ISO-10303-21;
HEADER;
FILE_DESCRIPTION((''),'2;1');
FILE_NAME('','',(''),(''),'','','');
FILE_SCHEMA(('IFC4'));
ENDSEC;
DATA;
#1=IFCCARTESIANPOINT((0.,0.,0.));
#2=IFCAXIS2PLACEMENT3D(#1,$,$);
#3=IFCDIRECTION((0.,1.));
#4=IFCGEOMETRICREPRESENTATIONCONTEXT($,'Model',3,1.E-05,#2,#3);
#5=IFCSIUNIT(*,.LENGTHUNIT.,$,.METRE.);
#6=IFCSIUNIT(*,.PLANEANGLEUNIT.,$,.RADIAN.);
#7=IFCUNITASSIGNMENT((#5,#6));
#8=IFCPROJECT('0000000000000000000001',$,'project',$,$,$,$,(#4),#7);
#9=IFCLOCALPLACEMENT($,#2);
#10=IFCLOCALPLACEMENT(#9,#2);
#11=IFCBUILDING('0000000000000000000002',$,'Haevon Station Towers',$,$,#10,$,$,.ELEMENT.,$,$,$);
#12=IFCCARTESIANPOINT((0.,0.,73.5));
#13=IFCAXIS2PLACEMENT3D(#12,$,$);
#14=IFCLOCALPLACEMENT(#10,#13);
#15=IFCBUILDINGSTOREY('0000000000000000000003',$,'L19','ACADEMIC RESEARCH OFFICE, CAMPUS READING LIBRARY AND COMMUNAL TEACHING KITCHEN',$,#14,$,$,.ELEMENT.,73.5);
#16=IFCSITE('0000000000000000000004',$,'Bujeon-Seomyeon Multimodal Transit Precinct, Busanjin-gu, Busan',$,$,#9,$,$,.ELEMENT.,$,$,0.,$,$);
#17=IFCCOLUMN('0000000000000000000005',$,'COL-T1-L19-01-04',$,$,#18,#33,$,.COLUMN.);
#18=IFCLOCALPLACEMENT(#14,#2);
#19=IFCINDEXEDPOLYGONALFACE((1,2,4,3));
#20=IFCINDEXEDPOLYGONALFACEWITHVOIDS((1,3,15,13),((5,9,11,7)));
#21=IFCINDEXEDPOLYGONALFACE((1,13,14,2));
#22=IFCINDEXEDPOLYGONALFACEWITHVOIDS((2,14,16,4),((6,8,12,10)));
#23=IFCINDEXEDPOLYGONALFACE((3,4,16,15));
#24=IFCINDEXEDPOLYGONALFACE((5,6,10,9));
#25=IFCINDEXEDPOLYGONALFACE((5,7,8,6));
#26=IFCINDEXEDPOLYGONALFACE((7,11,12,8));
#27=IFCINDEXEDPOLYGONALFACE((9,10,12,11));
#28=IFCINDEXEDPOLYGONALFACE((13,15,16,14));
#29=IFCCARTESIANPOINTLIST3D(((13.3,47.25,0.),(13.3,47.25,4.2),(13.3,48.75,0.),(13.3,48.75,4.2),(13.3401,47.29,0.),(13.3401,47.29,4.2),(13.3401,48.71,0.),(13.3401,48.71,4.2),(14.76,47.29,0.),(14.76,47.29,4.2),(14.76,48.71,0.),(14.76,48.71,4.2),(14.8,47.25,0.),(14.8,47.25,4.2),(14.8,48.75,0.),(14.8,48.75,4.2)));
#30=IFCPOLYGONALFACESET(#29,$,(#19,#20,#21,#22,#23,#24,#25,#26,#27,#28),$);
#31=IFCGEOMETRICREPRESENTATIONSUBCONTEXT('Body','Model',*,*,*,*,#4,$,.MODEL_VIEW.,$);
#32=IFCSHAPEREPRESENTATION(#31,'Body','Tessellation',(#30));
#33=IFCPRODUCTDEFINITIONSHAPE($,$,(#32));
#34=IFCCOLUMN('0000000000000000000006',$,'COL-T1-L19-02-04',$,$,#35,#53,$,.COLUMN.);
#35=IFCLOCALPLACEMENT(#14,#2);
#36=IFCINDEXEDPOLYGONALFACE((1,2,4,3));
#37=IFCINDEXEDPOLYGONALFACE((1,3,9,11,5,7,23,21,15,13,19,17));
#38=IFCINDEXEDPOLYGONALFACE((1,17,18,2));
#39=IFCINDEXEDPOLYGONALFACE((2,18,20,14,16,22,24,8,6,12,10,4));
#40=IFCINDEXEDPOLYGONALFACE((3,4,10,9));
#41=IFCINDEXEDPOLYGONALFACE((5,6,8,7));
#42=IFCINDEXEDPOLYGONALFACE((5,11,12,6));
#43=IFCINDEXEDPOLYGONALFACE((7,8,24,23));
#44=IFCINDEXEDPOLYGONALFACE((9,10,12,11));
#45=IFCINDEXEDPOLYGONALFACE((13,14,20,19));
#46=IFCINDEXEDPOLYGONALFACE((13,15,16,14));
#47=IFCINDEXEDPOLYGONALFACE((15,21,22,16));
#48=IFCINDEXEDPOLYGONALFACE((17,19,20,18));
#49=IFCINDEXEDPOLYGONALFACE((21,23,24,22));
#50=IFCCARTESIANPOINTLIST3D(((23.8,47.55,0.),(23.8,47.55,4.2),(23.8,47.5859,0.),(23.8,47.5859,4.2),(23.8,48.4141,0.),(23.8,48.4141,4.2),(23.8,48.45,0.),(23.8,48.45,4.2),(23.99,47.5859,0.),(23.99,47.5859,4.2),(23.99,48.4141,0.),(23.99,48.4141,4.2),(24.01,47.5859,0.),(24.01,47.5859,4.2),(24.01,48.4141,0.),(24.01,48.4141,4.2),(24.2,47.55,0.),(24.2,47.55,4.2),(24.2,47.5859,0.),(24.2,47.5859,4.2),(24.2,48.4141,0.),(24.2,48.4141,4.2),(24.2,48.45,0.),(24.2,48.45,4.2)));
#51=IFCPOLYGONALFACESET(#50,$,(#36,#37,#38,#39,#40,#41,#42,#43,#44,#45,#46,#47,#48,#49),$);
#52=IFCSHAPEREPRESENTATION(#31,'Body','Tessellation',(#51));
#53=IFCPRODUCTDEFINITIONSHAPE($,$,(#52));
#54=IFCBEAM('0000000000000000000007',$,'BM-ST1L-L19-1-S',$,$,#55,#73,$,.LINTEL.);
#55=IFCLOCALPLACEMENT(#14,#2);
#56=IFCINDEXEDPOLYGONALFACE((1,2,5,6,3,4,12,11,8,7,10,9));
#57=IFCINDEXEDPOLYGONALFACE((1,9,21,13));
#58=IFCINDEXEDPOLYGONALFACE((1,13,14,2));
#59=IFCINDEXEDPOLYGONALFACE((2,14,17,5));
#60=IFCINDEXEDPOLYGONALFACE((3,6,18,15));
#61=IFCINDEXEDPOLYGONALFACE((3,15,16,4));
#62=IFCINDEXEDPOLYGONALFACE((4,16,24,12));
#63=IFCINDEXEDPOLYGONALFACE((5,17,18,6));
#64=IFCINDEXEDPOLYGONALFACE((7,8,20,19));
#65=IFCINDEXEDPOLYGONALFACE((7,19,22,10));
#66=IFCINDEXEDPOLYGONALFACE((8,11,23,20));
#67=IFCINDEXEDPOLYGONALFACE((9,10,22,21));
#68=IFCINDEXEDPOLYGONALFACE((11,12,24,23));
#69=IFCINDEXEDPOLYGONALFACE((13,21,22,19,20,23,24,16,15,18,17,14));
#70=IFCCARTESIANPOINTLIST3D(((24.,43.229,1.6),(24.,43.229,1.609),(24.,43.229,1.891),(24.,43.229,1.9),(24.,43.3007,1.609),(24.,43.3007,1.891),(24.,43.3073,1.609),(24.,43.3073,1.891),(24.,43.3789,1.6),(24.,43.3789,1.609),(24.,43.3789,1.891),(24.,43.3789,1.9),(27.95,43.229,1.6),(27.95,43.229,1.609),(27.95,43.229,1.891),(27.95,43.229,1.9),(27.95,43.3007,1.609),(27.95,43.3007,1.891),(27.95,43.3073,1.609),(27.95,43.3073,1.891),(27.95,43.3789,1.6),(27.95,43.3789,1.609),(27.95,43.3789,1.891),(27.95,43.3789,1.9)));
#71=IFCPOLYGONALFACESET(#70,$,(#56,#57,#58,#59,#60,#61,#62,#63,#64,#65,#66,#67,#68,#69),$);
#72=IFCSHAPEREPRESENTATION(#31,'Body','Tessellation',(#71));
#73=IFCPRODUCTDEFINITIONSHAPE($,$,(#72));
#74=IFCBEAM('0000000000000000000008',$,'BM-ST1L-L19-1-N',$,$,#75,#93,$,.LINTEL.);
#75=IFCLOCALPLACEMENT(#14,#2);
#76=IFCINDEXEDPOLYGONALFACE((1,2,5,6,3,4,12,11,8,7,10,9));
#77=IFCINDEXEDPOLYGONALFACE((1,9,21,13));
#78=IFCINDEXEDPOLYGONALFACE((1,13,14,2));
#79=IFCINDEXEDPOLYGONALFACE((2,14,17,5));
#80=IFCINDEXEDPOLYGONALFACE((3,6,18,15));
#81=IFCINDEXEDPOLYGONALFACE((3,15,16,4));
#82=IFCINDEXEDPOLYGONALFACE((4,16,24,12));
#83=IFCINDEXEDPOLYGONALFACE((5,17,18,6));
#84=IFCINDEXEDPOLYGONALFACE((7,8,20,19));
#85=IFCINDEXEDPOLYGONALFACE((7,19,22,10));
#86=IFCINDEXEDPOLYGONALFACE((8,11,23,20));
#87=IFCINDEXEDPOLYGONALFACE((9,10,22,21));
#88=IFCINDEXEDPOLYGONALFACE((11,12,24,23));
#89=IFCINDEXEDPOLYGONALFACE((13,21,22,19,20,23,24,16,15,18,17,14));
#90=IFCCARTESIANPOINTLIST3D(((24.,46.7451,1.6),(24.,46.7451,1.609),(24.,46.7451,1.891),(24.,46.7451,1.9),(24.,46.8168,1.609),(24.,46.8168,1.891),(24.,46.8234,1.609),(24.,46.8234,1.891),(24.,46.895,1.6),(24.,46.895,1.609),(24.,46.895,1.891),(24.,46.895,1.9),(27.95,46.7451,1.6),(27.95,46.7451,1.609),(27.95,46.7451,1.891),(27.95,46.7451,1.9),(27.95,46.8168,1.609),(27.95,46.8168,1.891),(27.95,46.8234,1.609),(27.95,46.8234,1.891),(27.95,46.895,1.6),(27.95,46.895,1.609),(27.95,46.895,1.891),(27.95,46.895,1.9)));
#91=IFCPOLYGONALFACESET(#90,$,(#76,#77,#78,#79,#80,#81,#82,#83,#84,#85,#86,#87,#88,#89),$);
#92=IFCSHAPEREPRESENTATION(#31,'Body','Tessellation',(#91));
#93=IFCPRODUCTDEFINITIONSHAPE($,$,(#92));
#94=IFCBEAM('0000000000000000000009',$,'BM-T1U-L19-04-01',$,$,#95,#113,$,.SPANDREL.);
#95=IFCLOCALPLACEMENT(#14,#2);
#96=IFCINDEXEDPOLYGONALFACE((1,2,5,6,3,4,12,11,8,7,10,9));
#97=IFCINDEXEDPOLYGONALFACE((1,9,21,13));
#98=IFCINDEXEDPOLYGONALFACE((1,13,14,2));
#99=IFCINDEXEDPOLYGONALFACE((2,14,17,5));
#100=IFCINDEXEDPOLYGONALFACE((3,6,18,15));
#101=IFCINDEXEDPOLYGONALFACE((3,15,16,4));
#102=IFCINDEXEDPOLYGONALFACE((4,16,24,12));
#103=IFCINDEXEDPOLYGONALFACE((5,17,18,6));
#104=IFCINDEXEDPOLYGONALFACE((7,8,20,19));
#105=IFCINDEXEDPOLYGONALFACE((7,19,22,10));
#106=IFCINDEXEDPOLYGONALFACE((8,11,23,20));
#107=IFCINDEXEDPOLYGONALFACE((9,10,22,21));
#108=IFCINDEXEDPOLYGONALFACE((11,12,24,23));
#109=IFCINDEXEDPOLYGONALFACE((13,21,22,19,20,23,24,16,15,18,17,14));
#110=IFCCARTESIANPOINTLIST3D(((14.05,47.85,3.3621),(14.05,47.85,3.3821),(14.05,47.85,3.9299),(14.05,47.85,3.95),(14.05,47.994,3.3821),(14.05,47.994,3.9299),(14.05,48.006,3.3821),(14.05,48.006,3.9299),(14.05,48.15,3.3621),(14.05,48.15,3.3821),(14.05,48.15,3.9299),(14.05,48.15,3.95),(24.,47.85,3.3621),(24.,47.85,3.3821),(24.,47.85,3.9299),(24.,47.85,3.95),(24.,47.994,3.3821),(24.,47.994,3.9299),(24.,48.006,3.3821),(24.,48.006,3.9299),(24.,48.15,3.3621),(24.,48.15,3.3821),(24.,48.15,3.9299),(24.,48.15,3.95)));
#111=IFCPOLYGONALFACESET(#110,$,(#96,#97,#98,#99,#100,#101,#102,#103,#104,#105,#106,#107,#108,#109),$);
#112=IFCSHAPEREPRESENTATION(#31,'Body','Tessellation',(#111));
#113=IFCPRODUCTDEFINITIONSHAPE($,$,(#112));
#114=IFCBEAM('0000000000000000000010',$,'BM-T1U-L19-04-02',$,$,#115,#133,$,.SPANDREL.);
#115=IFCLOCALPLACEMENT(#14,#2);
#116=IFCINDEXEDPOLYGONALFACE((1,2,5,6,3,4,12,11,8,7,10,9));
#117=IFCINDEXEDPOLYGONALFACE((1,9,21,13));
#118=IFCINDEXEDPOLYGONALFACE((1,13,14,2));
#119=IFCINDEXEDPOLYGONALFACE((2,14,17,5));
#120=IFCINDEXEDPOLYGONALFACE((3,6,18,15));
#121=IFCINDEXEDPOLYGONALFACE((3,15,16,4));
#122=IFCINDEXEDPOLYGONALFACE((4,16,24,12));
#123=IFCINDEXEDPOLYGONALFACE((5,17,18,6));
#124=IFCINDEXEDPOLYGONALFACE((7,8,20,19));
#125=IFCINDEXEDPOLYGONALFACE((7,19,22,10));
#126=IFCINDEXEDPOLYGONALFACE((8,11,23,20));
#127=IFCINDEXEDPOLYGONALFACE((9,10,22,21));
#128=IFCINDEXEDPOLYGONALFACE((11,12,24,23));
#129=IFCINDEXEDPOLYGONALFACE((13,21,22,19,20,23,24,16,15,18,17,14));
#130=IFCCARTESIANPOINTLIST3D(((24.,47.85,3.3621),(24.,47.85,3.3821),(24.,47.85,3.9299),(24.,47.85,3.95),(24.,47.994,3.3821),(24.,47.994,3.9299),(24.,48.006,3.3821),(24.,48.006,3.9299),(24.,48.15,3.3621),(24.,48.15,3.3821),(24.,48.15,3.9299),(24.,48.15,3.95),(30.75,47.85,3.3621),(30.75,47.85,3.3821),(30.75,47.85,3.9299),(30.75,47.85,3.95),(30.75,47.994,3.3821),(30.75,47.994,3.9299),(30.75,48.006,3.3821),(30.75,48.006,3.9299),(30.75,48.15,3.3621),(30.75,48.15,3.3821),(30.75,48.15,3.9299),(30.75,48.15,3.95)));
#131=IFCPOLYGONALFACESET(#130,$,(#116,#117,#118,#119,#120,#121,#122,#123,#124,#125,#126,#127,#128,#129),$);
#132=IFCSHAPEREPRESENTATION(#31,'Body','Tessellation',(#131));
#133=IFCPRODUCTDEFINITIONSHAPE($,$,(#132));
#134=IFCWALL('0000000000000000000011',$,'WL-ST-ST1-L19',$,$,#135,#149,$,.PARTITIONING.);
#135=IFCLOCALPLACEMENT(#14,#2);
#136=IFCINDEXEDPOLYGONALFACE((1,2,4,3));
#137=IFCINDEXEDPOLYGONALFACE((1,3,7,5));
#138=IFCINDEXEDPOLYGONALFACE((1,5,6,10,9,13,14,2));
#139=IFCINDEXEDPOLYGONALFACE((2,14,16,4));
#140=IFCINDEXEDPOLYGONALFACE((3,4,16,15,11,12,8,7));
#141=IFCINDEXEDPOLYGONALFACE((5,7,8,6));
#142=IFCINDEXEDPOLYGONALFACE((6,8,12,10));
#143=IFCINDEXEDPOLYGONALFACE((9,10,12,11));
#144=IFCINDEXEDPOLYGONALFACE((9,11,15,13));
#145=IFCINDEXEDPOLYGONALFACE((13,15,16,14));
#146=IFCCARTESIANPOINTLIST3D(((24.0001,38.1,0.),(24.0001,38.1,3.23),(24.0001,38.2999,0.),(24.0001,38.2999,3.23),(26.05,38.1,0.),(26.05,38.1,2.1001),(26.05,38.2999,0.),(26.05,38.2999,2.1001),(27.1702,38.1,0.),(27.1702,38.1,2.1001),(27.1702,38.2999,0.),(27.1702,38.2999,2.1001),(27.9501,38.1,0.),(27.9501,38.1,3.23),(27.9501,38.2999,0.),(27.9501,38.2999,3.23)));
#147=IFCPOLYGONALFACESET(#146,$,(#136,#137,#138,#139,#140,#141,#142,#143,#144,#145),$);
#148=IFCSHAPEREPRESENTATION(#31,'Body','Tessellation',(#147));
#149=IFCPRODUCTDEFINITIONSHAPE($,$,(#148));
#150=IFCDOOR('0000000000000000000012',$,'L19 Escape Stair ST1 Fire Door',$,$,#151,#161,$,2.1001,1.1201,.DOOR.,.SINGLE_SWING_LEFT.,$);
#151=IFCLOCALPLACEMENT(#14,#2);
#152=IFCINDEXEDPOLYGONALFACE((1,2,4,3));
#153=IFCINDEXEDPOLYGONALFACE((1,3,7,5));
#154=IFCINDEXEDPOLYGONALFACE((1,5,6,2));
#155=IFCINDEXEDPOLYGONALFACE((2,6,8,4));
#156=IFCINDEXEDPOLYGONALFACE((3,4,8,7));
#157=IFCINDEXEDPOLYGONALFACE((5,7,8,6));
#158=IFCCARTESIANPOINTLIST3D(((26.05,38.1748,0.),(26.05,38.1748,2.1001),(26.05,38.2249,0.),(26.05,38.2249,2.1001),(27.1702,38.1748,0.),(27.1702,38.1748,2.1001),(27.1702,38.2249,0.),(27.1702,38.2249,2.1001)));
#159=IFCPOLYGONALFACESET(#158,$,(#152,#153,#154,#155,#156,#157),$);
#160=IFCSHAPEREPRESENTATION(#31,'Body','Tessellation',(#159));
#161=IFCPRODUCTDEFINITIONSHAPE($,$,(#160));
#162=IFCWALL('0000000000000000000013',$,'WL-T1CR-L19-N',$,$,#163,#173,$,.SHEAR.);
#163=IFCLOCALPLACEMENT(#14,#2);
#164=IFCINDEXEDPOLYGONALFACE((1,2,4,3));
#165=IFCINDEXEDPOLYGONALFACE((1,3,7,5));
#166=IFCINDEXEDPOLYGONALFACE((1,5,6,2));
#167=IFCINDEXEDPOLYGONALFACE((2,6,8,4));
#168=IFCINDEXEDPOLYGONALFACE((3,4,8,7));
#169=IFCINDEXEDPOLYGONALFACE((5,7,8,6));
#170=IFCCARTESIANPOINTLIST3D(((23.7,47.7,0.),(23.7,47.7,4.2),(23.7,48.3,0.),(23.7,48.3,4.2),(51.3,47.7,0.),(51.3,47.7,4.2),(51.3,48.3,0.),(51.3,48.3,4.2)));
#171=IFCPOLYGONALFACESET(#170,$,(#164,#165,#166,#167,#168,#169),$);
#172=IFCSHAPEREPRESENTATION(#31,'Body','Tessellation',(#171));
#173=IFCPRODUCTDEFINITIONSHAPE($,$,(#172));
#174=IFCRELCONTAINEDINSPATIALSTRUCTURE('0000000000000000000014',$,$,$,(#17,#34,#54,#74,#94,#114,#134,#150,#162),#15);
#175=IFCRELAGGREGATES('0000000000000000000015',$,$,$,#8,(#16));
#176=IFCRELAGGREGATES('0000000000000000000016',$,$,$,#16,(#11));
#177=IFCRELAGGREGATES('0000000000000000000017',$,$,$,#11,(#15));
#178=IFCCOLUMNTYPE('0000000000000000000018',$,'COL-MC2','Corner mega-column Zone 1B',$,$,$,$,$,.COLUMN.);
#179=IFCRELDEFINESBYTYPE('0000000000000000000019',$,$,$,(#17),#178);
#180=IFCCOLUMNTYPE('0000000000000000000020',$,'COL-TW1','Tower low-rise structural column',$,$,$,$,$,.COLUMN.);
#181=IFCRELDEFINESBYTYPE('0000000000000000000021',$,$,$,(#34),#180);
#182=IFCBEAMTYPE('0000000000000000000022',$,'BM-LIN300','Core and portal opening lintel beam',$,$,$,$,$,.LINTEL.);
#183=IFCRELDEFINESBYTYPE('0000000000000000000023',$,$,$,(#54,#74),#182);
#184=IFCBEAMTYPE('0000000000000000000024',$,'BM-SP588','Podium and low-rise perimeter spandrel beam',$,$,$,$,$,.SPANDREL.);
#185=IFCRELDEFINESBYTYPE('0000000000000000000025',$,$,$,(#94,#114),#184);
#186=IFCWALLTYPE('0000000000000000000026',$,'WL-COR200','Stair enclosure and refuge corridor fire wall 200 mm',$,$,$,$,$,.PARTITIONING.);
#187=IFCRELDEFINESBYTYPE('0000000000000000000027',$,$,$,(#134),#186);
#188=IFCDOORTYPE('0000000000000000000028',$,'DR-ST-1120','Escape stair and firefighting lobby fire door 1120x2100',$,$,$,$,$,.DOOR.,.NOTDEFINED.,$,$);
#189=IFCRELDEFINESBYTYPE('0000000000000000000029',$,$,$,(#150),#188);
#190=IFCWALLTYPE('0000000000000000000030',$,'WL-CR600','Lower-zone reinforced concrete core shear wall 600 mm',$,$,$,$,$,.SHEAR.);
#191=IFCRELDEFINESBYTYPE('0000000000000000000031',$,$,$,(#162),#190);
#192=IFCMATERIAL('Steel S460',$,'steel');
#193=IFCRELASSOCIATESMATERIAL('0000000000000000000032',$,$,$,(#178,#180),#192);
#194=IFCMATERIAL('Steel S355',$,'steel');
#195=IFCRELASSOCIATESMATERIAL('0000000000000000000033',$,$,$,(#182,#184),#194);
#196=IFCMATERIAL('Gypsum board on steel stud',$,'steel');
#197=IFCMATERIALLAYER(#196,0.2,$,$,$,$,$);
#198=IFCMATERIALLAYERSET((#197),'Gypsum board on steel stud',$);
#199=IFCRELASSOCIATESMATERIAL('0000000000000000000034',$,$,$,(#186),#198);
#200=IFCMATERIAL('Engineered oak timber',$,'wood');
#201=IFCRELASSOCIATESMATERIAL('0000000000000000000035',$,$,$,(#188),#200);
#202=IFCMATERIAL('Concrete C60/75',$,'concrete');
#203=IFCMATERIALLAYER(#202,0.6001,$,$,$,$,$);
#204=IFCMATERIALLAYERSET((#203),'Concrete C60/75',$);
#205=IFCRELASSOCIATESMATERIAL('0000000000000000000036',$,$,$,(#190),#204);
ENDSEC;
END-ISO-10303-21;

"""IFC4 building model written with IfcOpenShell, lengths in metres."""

from ifc_helpers import new_model, si_unit, direction, frame, frame_2d, origin, origin_2d, place, context, subcontext, project, spatial, rectangle, hollow_rectangle, i_section, extrude, material, layer, layer_set, material_profile, profile_set, type_object, element, fill, save


model = new_model("IFC4")

# Units and contexts
model_context = context("Model", 3, precision=1e-05, world=origin(), true_north=direction((0.0, 1.0)))
body_context = subcontext(model_context, "Body", "Model", "MODEL_VIEW")
ifc_project = project(units=[si_unit("LENGTHUNIT", "METRE"), si_unit("PLANEANGLEUNIT", "RADIAN")], contexts=[model_context])

# Site, building, storey
site_placement = place(None, origin())
site = spatial("IfcSite", under=ifc_project, at=site_placement, Name="Bujeon-Seomyeon Multimodal Transit Precinct, Busanjin-gu, Busan", CompositionType="ELEMENT", RefElevation=0.0)
building_placement = place(site_placement, origin())
building = spatial("IfcBuilding", under=site, at=building_placement, Name="Haevon Station Towers", CompositionType="ELEMENT")
storey_placement = place(building_placement, frame((0.0, 0.0, 73.5)))
storey = spatial("IfcBuildingStorey", under=building, at=storey_placement, Name="L19", Description="ACADEMIC RESEARCH OFFICE, CAMPUS READING LIBRARY AND COMMUNAL TEACHING KITCHEN", CompositionType="ELEMENT", Elevation=73.5)

# Columns
ifc_material_1 = material(Name="Steel S460", Category="steel")
ifc_material_profile_1 = material_profile(ifc_material_1, hollow_rectangle(XDim=1.5, YDim=1.5, WallThickness=0.04, at=origin_2d()), Name="BOX-1500x1500x40")
ifc_profile_set_1 = profile_set([ifc_material_profile_1], Name="Steel S460")
column_type_1 = type_object("IfcColumnType", Name="COL-MC2", Description="Corner mega-column Zone 1B", PredefinedType="COLUMN", material=ifc_profile_set_1)
column_1_placement = place(storey_placement, frame((14.05, 48.0, 0.0), z_axis=(0.0, 0.0, 1.0), x_axis=(1.0, 0.0, 0.0)))
element("IfcColumn", 1, at=column_1_placement, inside=storey, type_object=column_type_1, Name="COL-T1-L19-01-04", PredefinedType="COLUMN", context=body_context, shape_type="SweptSolid", body=[
    extrude(hollow_rectangle(XDim=1.5, YDim=1.5, WallThickness=0.04, at=origin_2d()), origin(), (0.0, 0.0, 1.0), 4.2),
])
ifc_material_profile_2 = material_profile(ifc_material_1, i_section(OverallWidth=0.3999, OverallDepth=0.8999, WebThickness=0.02, FlangeThickness=0.0359, at=origin_2d()), Name="H-900x400x20x36")
ifc_profile_set_2 = profile_set([ifc_material_profile_2], Name="Steel S460")
column_type_2 = type_object("IfcColumnType", Name="COL-TW1", Description="Tower low-rise structural column", PredefinedType="COLUMN", material=ifc_profile_set_2)
column_2_placement = place(storey_placement, frame((24.0, 48.0, 0.0), z_axis=(0.0, 0.0, 1.0), x_axis=(1.0, 0.0, 0.0)))
element("IfcColumn", 2, at=column_2_placement, inside=storey, type_object=column_type_2, Name="COL-T1-L19-02-04", PredefinedType="COLUMN", context=body_context, shape_type="SweptSolid", body=[
    extrude(i_section(OverallWidth=0.3999, OverallDepth=0.8999, WebThickness=0.02, FlangeThickness=0.0359, at=origin_2d()), origin(), (0.0, 0.0, 1.0), 4.2),
])

# Beams
ifc_material_2 = material(Name="Steel S355", Category="steel")
ifc_material_profile_3 = material_profile(ifc_material_2, i_section(OverallWidth=0.1499, OverallDepth=0.3, WebThickness=0.0066, FlangeThickness=0.009, at=origin_2d()), Name="H-300x150x6.5x9")
ifc_profile_set_3 = profile_set([ifc_material_profile_3], Name="Steel S355")
beam_type_1 = type_object("IfcBeamType", Name="BM-LIN300", Description="Core and portal opening lintel beam", PredefinedType="LINTEL", material=ifc_profile_set_3)
for number, where, z_axis, x_axis, name in (
    (3, (24.0, 43.304, 1.75), (1.0, 0.0, 0.0), (0.0, 1.0, 0.0), "BM-ST1L-L19-1-S"),
    (4, (24.0, 46.8201, 1.75), (1.0, 0.0, 0.0), (0.0, 1.0, 0.0), "BM-ST1L-L19-1-N"),
):
    element("IfcBeam", number, at=place(storey_placement, frame(where, z_axis=z_axis, x_axis=x_axis)), inside=storey, type_object=beam_type_1, Name=name, PredefinedType="LINTEL", context=body_context, shape_type="SweptSolid", body=[
        extrude(i_section(OverallWidth=0.1499, OverallDepth=0.3, WebThickness=0.0066, FlangeThickness=0.009, at=origin_2d()), origin(), (0.0, 0.0, 1.0), 3.95),
    ])
ifc_material_profile_4 = material_profile(ifc_material_2, i_section(OverallWidth=0.3, OverallDepth=0.5879, WebThickness=0.012, FlangeThickness=0.02, at=origin_2d()), Name="H-588x300x12x20")
ifc_profile_set_4 = profile_set([ifc_material_profile_4], Name="Steel S355")
beam_type_2 = type_object("IfcBeamType", Name="BM-SP588", Description="Podium and low-rise perimeter spandrel beam", PredefinedType="SPANDREL", material=ifc_profile_set_4)
beam_1_placement = place(storey_placement, frame((14.05, 48.0, 3.656), z_axis=(1.0, 0.0, 0.0), x_axis=(0.0, 1.0, 0.0)))
element("IfcBeam", 5, at=beam_1_placement, inside=storey, type_object=beam_type_2, Name="BM-T1U-L19-04-01", PredefinedType="SPANDREL", context=body_context, shape_type="SweptSolid", body=[
    extrude(i_section(OverallWidth=0.3, OverallDepth=0.5879, WebThickness=0.012, FlangeThickness=0.02, at=origin_2d()), origin(), (0.0, 0.0, 1.0), 9.95),
])
beam_2_placement = place(storey_placement, frame((24.0, 48.0, 3.656), z_axis=(1.0, 0.0, 0.0), x_axis=(0.0, 1.0, 0.0)))
element("IfcBeam", 6, at=beam_2_placement, inside=storey, type_object=beam_type_2, Name="BM-T1U-L19-04-02", PredefinedType="SPANDREL", context=body_context, shape_type="SweptSolid", body=[
    extrude(i_section(OverallWidth=0.3, OverallDepth=0.5879, WebThickness=0.012, FlangeThickness=0.02, at=origin_2d()), origin(), (0.0, 0.0, 1.0), 6.75),
])

# Wall, opening, door
ifc_material_3 = material(Name="Gypsum board on steel stud", Category="steel")
ifc_layer_1 = layer(ifc_material_3, 0.2)
ifc_layer_set_1 = layer_set([ifc_layer_1], Name="Gypsum board on steel stud")
wall_type_1 = type_object("IfcWallType", Name="WL-COR200", Description="Stair enclosure and refuge corridor fire wall 200 mm", PredefinedType="PARTITIONING", material=ifc_layer_set_1)
wall_1_placement = place(storey_placement, frame((24.0, 38.2, 0.0), z_axis=(0.0, 0.0, 1.0), x_axis=(1.0, 0.0, 0.0)))
wall_1 = element("IfcWall", 7, at=wall_1_placement, inside=storey, type_object=wall_type_1, Name="WL-ST-ST1-L19", PredefinedType="PARTITIONING", context=body_context, shape_type="SweptSolid", body=[
    extrude(rectangle(XDim=3.95, YDim=0.2, at=frame_2d((1.9751, 0.0))), origin(), (0.0, 0.0, 1.0), 3.23),
])
opening_placement = place(wall_1_placement, frame((2.05, 0.0, 0.0)))
opening = element("IfcOpeningElement", 8, at=opening_placement, cuts=wall_1, PredefinedType="OPENING", context=body_context, shape_type="SweptSolid", body=[
    extrude(rectangle(XDim=1.1201, YDim=2.1001, at=frame_2d((0.5601, 1.05))), frame((0.0, 0.1099, 0.0), z_axis=(0.0, -1.0, 0.0), x_axis=(1.0, 0.0, 0.0)), (0.0, 0.0, 1.0), 0.22),
])
ifc_material_4 = material(Name="Engineered oak timber", Category="wood")
door_type = type_object("IfcDoorType", Name="DR-ST-1120", Description="Escape stair and firefighting lobby fire door 1120x2100", OperationType="NOTDEFINED", PredefinedType="DOOR", material=ifc_material_4)
door_placement = place(opening_placement, origin())
door = element("IfcDoor", 9, at=door_placement, inside=storey, type_object=door_type, Name="L19 Escape Stair ST1 Fire Door", OperationType="SINGLE_SWING_LEFT", OverallHeight=2.1001, OverallWidth=1.1201, PredefinedType="DOOR", context=body_context, shape_type="SweptSolid", body=[
    extrude(rectangle(XDim=1.1201, YDim=2.1001, at=frame_2d((0.5601, 1.05))), frame((0.0, 0.0249, 0.0), z_axis=(0.0, -1.0, 0.0), x_axis=(1.0, 0.0, 0.0)), (0.0, 0.0, 1.0), 0.05),
])
fill(opening, door)

# Wall
ifc_material_5 = material(Name="Concrete C60/75", Category="concrete")
ifc_layer_2 = layer(ifc_material_5, 0.6001)
ifc_layer_set_2 = layer_set([ifc_layer_2], Name="Concrete C60/75")
wall_type_2 = type_object("IfcWallType", Name="WL-CR600", Description="Lower-zone reinforced concrete core shear wall 600 mm", PredefinedType="SHEAR", material=ifc_layer_set_2)
wall_2_placement = place(storey_placement, frame((23.7, 48.0, 0.0), z_axis=(0.0, 0.0, 1.0), x_axis=(1.0, 0.0, 0.0)))
element("IfcWall", 10, at=wall_2_placement, inside=storey, type_object=wall_type_2, Name="WL-T1CR-L19-N", PredefinedType="SHEAR", context=body_context, shape_type="SweptSolid", body=[
    extrude(rectangle(XDim=27.6001, YDim=0.6001, at=frame_2d((13.8, 0.0))), origin(), (0.0, 0.0, 1.0), 4.2),
])

save(model, "model.ifc")
